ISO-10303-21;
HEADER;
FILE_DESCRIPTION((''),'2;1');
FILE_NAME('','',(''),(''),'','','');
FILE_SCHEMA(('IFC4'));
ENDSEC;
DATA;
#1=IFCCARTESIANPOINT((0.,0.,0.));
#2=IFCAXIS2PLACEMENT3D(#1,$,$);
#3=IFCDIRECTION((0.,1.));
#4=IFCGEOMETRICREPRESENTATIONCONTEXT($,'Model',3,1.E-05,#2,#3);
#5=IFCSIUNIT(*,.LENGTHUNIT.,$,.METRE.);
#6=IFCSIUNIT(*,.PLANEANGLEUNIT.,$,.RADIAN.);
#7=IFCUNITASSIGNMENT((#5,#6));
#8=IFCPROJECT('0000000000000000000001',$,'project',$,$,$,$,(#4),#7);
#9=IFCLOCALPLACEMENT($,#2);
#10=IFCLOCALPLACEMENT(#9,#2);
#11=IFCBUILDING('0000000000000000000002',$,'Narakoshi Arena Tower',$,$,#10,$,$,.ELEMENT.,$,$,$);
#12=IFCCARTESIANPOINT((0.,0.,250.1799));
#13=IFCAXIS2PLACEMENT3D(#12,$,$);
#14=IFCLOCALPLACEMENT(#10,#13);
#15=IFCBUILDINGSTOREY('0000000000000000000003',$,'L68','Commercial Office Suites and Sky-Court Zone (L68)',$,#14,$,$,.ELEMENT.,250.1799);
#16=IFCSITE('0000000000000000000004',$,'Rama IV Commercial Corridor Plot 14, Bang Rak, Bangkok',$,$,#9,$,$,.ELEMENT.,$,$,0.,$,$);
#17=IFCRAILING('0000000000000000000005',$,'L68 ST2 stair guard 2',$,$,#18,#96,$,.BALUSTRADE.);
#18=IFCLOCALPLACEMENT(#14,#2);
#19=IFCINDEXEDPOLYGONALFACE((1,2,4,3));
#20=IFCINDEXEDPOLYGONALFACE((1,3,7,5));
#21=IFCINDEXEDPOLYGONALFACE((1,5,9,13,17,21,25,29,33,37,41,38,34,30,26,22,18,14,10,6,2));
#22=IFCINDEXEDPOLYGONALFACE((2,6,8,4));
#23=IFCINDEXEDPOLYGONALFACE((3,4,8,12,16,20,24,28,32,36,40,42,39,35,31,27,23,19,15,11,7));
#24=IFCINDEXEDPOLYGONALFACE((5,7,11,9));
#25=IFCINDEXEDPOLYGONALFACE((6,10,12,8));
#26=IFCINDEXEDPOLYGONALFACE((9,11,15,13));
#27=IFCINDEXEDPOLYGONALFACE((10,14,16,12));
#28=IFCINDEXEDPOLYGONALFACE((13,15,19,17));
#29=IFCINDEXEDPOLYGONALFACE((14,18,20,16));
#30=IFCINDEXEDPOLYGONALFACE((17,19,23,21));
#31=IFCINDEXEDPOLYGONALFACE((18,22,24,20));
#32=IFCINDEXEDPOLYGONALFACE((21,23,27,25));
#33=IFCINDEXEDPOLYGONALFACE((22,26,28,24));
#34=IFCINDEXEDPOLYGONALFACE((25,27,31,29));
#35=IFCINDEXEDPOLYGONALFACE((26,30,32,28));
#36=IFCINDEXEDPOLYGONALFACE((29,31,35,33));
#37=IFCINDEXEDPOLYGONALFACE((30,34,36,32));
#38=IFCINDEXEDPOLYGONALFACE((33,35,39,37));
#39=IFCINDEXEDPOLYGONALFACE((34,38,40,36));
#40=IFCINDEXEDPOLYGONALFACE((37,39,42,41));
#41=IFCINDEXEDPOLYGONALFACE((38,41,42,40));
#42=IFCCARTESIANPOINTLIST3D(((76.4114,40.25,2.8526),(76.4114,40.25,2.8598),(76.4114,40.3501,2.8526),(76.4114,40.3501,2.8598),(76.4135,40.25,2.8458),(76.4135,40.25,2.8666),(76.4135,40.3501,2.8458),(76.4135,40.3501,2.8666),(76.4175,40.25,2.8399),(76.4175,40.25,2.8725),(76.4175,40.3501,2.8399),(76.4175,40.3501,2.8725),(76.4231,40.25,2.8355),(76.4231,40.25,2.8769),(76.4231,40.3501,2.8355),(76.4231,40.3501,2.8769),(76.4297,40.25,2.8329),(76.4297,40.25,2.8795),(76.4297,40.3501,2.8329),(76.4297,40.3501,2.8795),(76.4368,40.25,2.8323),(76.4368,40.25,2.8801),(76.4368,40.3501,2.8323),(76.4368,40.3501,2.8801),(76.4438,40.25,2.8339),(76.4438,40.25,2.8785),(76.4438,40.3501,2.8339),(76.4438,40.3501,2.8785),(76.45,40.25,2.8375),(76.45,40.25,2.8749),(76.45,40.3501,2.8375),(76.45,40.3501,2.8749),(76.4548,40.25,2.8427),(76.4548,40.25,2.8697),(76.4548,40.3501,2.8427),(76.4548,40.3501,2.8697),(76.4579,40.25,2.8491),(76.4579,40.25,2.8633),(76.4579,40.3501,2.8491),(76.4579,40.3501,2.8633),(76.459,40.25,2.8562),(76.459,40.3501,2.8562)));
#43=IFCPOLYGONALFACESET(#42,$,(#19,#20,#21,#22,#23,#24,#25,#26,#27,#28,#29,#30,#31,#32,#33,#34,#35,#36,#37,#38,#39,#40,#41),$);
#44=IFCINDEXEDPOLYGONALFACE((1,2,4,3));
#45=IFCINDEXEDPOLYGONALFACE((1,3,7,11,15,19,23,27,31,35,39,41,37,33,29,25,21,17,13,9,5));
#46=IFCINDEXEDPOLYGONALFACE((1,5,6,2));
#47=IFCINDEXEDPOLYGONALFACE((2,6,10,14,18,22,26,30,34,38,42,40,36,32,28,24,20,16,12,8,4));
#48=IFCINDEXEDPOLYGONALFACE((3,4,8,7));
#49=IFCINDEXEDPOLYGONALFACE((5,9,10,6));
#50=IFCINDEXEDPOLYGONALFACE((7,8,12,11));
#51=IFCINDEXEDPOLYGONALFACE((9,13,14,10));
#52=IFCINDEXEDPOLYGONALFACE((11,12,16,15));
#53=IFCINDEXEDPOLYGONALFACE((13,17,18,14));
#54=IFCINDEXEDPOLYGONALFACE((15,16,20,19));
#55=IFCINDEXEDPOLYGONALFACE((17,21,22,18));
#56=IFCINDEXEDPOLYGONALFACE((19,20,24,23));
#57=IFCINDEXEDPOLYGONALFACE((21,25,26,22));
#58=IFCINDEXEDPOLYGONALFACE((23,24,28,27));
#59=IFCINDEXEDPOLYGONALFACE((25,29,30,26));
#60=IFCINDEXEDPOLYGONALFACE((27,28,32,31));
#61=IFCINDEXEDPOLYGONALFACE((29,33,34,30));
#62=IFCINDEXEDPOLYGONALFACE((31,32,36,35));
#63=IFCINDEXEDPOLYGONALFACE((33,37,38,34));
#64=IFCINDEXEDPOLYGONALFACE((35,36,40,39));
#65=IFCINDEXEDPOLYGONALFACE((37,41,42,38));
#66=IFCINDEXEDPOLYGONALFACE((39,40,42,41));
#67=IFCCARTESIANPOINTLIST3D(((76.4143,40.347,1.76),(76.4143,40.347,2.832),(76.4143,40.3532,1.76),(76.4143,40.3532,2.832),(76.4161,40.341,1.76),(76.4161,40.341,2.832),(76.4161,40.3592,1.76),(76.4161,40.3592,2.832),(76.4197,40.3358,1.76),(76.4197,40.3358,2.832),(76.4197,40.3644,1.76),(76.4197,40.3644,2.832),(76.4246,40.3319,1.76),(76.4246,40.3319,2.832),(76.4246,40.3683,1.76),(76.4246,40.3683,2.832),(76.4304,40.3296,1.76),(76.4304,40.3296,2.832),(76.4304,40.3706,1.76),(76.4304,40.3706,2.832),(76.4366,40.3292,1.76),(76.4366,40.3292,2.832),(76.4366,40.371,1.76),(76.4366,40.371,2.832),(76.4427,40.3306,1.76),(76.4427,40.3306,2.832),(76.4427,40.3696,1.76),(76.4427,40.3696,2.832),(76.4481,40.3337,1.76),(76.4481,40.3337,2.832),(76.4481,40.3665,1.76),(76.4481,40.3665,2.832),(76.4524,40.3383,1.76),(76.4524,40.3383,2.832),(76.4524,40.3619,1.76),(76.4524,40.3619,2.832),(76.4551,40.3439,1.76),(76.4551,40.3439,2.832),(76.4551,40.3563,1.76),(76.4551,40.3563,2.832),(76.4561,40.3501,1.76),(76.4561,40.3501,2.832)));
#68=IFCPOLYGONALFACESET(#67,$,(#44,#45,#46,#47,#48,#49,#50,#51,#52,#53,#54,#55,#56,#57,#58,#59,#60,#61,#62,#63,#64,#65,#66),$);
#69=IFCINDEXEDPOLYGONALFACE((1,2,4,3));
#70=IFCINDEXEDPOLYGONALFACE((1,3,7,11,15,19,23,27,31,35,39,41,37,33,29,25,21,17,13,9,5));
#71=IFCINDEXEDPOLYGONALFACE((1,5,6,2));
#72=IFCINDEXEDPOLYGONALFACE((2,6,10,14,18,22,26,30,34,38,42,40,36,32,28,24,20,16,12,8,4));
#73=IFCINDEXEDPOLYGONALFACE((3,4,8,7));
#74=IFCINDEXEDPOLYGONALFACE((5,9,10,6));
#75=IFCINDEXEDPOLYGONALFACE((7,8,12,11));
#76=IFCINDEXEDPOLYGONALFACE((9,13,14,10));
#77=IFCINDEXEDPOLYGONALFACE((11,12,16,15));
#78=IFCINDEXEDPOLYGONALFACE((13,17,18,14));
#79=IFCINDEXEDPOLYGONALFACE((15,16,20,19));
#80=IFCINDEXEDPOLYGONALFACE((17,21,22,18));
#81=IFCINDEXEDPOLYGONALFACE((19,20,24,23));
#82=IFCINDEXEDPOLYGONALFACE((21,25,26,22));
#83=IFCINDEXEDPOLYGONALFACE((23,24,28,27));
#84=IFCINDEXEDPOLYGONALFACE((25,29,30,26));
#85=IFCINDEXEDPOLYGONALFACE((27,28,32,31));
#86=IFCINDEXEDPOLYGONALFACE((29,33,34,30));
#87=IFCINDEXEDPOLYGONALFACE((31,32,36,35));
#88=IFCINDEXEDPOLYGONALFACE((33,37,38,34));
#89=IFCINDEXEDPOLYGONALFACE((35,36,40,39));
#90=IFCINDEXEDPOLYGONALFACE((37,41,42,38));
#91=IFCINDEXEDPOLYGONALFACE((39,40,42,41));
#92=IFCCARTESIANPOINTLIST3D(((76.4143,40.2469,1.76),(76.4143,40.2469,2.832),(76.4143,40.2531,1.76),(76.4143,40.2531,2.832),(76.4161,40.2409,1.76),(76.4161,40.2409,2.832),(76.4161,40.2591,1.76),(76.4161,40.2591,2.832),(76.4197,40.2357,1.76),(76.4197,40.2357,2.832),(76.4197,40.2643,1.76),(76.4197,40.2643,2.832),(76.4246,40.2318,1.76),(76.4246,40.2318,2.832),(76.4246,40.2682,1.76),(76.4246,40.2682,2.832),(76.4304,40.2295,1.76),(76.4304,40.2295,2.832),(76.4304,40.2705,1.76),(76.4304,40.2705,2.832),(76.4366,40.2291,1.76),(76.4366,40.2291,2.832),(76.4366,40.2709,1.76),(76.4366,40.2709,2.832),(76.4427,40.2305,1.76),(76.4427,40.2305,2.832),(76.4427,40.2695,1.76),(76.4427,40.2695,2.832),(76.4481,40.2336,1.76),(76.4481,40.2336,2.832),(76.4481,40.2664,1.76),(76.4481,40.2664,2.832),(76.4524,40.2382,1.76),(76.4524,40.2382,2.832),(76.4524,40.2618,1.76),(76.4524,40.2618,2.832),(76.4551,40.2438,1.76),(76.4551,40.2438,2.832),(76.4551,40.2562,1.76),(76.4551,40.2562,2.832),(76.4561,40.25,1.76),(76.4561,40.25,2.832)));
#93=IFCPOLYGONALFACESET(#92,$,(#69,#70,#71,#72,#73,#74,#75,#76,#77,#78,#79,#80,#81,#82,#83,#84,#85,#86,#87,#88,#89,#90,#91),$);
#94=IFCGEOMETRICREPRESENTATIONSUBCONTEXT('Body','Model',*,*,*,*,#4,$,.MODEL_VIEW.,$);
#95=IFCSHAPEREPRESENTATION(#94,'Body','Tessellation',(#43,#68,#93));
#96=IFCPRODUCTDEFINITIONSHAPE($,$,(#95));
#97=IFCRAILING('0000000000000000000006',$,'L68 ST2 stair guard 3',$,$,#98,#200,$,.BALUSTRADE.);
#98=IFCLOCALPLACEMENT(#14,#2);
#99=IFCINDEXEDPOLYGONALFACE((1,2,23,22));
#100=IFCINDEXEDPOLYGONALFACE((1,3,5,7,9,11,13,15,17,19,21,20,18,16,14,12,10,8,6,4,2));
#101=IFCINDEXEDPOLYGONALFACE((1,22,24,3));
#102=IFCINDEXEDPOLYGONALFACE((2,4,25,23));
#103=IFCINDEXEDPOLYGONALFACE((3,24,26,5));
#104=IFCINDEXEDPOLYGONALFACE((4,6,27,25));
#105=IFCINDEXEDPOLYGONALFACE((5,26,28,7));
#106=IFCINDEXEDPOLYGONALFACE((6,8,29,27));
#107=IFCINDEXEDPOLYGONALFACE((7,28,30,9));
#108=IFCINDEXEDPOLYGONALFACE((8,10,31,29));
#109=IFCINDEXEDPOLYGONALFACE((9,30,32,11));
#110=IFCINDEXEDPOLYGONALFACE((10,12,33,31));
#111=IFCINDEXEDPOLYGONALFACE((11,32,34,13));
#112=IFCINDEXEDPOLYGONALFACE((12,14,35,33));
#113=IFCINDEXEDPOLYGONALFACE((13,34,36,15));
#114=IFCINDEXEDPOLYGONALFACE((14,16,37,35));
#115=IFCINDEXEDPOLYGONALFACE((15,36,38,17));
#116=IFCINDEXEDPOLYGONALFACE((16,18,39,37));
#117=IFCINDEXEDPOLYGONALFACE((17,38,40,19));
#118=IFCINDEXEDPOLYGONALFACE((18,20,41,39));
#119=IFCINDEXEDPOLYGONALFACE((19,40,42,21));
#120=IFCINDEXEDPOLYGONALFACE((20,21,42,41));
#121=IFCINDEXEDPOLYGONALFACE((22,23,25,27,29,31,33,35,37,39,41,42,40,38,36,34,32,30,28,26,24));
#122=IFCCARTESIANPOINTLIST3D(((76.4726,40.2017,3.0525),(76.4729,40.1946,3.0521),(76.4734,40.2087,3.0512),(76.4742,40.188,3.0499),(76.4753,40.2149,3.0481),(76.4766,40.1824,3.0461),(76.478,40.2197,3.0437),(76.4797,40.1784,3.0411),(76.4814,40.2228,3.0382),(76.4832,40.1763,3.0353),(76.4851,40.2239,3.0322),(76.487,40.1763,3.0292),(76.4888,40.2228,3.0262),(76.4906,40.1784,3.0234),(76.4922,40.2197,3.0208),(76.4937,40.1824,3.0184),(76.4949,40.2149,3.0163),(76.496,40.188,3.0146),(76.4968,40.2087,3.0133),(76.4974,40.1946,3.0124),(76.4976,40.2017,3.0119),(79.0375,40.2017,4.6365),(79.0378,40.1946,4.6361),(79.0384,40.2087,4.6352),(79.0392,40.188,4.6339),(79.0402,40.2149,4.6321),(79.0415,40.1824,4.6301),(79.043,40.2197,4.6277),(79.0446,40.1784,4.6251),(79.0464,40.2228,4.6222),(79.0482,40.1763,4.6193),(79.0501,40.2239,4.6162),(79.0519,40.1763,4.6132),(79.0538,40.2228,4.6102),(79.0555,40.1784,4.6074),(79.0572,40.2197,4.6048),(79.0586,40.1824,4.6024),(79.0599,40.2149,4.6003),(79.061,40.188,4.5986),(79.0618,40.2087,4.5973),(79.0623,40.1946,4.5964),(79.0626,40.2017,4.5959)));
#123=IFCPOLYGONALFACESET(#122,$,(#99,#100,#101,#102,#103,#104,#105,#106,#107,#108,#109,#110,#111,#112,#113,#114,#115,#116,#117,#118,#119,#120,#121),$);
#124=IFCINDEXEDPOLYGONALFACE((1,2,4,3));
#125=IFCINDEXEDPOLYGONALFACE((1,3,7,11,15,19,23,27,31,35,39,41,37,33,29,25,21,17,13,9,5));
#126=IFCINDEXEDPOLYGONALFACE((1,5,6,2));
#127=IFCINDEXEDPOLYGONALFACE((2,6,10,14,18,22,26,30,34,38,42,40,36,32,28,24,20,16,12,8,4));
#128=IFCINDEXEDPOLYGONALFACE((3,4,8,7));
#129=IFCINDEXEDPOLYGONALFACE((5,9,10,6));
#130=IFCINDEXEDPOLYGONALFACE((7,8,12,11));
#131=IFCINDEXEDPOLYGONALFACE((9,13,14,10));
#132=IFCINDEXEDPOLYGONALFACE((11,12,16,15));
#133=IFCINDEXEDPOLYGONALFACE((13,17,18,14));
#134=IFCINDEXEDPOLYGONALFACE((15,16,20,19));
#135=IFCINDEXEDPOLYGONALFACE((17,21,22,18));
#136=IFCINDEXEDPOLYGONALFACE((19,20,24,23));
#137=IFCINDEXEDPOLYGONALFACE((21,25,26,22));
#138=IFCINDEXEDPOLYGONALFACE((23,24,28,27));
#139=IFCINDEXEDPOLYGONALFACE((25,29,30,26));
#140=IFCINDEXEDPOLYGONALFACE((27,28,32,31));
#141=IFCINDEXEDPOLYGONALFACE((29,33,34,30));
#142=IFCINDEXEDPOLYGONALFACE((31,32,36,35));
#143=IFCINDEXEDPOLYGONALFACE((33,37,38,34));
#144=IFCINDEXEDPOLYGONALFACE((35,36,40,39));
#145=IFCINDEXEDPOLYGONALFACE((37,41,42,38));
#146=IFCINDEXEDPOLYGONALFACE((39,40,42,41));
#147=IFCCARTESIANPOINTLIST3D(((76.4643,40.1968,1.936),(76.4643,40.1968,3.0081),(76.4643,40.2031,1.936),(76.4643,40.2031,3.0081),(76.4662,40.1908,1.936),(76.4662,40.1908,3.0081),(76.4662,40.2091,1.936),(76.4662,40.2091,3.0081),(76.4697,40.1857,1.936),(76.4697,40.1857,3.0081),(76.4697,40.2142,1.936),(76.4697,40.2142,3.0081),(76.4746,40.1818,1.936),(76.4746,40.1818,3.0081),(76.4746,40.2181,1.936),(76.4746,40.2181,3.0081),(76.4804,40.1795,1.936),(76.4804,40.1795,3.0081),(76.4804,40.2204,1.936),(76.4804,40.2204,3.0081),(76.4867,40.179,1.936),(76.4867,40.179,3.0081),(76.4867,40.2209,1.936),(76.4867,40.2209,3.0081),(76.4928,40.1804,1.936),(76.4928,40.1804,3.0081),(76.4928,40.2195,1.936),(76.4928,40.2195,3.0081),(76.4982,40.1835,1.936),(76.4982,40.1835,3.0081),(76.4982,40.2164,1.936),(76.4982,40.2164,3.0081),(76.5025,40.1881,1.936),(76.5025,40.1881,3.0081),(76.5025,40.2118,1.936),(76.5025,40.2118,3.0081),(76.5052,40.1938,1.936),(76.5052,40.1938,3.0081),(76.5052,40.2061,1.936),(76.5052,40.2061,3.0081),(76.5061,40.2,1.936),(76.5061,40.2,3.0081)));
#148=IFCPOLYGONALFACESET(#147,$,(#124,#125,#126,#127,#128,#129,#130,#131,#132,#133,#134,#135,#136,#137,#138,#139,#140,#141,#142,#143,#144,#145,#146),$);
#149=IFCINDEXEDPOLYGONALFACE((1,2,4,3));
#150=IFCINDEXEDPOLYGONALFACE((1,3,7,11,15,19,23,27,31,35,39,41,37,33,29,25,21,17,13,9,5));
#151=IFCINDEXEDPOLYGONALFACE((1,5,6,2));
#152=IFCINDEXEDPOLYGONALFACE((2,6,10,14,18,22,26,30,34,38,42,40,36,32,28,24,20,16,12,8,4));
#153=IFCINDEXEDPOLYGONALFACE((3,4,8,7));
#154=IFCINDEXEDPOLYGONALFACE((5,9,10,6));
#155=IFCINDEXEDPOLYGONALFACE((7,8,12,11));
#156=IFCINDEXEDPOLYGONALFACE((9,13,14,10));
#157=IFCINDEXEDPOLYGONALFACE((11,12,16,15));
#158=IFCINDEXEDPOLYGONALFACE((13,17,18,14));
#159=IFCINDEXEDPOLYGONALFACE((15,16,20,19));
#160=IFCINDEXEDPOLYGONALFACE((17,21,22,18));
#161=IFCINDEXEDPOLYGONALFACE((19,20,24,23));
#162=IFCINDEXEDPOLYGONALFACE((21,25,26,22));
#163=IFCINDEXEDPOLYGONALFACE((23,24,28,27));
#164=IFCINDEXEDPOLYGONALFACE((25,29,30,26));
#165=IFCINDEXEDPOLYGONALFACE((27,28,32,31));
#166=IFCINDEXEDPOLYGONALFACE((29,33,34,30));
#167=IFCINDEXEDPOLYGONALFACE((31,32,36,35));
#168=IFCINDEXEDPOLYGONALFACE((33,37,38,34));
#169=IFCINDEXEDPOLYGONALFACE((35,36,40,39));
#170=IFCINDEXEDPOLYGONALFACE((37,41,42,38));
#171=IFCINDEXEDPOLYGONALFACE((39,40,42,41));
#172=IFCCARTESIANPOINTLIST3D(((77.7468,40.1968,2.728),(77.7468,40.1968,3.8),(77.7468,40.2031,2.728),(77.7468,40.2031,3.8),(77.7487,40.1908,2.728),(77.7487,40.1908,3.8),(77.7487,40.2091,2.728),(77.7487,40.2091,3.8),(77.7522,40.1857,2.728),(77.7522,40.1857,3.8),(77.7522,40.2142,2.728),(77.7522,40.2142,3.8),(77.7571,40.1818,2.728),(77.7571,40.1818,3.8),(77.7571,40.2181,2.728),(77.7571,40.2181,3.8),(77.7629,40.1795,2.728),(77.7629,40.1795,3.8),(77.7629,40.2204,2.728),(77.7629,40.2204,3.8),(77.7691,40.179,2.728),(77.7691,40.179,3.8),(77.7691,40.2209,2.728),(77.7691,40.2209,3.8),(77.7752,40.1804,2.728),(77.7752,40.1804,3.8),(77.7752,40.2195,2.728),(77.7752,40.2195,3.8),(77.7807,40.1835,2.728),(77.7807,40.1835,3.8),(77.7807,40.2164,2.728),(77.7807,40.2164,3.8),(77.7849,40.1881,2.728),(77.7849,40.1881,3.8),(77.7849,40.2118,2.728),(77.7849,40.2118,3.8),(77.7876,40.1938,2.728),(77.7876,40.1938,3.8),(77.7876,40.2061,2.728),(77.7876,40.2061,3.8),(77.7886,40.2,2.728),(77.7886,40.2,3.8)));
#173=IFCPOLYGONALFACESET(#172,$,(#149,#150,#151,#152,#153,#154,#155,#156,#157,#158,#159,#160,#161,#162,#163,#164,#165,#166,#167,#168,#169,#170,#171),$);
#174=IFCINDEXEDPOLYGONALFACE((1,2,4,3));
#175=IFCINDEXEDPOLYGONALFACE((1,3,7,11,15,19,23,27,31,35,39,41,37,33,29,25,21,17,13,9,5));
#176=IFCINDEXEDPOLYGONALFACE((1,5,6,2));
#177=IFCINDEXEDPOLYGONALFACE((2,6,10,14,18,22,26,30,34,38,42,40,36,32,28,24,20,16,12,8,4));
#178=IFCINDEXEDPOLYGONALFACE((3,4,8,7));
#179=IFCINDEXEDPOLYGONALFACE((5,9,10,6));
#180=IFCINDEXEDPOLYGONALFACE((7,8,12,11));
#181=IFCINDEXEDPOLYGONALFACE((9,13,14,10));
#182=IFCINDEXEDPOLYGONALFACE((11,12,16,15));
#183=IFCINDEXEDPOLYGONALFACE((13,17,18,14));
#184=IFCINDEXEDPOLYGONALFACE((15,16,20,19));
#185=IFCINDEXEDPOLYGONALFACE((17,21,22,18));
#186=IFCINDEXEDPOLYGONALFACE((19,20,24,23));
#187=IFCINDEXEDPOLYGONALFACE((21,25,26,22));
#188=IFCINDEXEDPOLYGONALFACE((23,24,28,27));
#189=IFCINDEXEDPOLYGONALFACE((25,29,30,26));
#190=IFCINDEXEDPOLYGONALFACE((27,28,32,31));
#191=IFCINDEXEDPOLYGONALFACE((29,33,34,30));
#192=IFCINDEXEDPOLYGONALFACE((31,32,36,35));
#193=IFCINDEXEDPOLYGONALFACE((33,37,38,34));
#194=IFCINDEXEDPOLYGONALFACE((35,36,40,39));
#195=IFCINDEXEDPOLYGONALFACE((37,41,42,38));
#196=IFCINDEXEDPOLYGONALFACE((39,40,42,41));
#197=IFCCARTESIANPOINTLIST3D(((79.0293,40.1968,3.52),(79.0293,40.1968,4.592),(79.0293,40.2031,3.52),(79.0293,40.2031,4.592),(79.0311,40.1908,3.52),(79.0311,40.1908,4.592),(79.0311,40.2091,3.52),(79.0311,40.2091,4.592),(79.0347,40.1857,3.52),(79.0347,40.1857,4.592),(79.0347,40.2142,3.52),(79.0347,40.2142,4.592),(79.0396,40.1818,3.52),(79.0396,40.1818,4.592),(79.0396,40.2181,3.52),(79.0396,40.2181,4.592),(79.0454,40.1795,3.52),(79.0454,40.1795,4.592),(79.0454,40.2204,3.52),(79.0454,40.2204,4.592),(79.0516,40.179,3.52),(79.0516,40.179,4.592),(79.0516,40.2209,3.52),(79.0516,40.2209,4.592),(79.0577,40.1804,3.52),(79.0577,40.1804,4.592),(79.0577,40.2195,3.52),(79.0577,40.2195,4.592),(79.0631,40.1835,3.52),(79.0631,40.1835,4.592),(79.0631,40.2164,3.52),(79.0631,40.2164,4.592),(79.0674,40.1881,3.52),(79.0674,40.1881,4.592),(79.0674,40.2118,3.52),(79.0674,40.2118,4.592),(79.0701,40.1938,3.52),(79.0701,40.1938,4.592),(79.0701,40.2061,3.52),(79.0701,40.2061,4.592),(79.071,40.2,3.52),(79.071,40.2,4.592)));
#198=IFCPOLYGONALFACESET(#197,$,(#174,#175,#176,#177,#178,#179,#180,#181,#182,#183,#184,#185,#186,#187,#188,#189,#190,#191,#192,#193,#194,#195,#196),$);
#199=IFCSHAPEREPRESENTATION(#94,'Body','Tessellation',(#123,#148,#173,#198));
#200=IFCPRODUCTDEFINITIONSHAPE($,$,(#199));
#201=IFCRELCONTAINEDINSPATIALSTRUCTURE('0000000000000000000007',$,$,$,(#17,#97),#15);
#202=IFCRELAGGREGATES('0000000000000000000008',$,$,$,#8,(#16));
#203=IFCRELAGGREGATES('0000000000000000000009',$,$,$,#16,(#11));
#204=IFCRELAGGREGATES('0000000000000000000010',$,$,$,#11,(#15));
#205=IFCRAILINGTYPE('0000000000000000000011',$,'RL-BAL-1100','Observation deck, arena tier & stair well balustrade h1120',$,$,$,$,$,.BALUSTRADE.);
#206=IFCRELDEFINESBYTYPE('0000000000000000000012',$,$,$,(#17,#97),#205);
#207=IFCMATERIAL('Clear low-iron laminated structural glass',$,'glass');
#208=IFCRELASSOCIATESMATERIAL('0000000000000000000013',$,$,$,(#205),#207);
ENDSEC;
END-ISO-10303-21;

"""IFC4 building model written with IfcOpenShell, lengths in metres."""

from ifc_helpers import new_model, si_unit, direction, frame, origin, origin_2d, place, context, subcontext, project, spatial, circle, extrude, material, type_object, element, save


model = new_model("IFC4")

# Units and contexts
model_context = context("Model", 3, precision=1e-05, world=origin(), true_north=direction((0.0, 1.0)))
body_context = subcontext(model_context, "Body", "Model", "MODEL_VIEW")
ifc_project = project(units=[si_unit("LENGTHUNIT", "METRE"), si_unit("PLANEANGLEUNIT", "RADIAN")], contexts=[model_context])

# Site, building, storey
site_placement = place(None, origin())
site = spatial("IfcSite", under=ifc_project, at=site_placement, Name="Rama IV Commercial Corridor Plot 14, Bang Rak, Bangkok", CompositionType="ELEMENT", RefElevation=0.0)
building_placement = place(site_placement, origin())
building = spatial("IfcBuilding", under=site, at=building_placement, Name="Narakoshi Arena Tower", CompositionType="ELEMENT")
storey_placement = place(building_placement, frame((0.0, 0.0, 250.1799)))
storey = spatial("IfcBuildingStorey", under=building, at=storey_placement, Name="L68", Description="Commercial Office Suites and Sky-Court Zone (L68)", CompositionType="ELEMENT", Elevation=250.1799)

# Railings
ifc_material_1 = material(Name="Clear low-iron laminated structural glass", Category="glass")
railing_type_1 = type_object("IfcRailingType", Name="RL-BAL-1100", Description="Observation deck, arena tier & stair well balustrade h1120", PredefinedType="BALUSTRADE", material=ifc_material_1)
railing_1_placement = place(storey_placement, frame((76.4351, 40.3501, 1.76)))
element("IfcRailing", 1, at=railing_1_placement, inside=storey, type_object=railing_type_1, Name="L68 ST2 stair guard 2", PredefinedType="BALUSTRADE", context=body_context, shape_type="SweptSolid", body=[
    extrude(circle(Radius=0.0239, at=origin_2d()), frame((0.0, 0.0, 1.0962), z_axis=(0.0, -1.0, 0.0), x_axis=(1.0, 0.0, 0.0)), (0.0, 0.0, 1.0), 0.1001),
    extrude(circle(Radius=0.021, at=origin_2d()), origin(), (0.0, 0.0, 1.0), 1.072),
    extrude(circle(Radius=0.021, at=origin_2d()), frame((0.0, -0.1001, 0.0)), (0.0, 0.0, 1.0), 1.072),
])
railing_2_placement = place(storey_placement, frame((76.4851, 40.2, 1.936)))
element("IfcRailing", 2, at=railing_2_placement, inside=storey, type_object=railing_type_1, Name="L68 ST2 stair guard 3", PredefinedType="BALUSTRADE", context=body_context, shape_type="SweptSolid", body=[
    extrude(circle(Radius=0.0239, at=origin_2d()), frame((0.0, 0.0, 1.0962), z_axis=(0.850834, 0.0, 0.525434), x_axis=(0.0, 1.0, 0.0)), (0.0, 0.0, 1.0), 3.0146),
    extrude(circle(Radius=0.021, at=origin_2d()), origin(), (0.0, 0.0, 1.0), 1.072),
    extrude(circle(Radius=0.021, at=origin_2d()), frame((1.2825, 0.0, 0.792)), (0.0, 0.0, 1.0), 1.072),
    extrude(circle(Radius=0.021, at=origin_2d()), frame((2.5649, 0.0, 1.584)), (0.0, 0.0, 1.0), 1.072),
])

save(model, "model.ifc")
